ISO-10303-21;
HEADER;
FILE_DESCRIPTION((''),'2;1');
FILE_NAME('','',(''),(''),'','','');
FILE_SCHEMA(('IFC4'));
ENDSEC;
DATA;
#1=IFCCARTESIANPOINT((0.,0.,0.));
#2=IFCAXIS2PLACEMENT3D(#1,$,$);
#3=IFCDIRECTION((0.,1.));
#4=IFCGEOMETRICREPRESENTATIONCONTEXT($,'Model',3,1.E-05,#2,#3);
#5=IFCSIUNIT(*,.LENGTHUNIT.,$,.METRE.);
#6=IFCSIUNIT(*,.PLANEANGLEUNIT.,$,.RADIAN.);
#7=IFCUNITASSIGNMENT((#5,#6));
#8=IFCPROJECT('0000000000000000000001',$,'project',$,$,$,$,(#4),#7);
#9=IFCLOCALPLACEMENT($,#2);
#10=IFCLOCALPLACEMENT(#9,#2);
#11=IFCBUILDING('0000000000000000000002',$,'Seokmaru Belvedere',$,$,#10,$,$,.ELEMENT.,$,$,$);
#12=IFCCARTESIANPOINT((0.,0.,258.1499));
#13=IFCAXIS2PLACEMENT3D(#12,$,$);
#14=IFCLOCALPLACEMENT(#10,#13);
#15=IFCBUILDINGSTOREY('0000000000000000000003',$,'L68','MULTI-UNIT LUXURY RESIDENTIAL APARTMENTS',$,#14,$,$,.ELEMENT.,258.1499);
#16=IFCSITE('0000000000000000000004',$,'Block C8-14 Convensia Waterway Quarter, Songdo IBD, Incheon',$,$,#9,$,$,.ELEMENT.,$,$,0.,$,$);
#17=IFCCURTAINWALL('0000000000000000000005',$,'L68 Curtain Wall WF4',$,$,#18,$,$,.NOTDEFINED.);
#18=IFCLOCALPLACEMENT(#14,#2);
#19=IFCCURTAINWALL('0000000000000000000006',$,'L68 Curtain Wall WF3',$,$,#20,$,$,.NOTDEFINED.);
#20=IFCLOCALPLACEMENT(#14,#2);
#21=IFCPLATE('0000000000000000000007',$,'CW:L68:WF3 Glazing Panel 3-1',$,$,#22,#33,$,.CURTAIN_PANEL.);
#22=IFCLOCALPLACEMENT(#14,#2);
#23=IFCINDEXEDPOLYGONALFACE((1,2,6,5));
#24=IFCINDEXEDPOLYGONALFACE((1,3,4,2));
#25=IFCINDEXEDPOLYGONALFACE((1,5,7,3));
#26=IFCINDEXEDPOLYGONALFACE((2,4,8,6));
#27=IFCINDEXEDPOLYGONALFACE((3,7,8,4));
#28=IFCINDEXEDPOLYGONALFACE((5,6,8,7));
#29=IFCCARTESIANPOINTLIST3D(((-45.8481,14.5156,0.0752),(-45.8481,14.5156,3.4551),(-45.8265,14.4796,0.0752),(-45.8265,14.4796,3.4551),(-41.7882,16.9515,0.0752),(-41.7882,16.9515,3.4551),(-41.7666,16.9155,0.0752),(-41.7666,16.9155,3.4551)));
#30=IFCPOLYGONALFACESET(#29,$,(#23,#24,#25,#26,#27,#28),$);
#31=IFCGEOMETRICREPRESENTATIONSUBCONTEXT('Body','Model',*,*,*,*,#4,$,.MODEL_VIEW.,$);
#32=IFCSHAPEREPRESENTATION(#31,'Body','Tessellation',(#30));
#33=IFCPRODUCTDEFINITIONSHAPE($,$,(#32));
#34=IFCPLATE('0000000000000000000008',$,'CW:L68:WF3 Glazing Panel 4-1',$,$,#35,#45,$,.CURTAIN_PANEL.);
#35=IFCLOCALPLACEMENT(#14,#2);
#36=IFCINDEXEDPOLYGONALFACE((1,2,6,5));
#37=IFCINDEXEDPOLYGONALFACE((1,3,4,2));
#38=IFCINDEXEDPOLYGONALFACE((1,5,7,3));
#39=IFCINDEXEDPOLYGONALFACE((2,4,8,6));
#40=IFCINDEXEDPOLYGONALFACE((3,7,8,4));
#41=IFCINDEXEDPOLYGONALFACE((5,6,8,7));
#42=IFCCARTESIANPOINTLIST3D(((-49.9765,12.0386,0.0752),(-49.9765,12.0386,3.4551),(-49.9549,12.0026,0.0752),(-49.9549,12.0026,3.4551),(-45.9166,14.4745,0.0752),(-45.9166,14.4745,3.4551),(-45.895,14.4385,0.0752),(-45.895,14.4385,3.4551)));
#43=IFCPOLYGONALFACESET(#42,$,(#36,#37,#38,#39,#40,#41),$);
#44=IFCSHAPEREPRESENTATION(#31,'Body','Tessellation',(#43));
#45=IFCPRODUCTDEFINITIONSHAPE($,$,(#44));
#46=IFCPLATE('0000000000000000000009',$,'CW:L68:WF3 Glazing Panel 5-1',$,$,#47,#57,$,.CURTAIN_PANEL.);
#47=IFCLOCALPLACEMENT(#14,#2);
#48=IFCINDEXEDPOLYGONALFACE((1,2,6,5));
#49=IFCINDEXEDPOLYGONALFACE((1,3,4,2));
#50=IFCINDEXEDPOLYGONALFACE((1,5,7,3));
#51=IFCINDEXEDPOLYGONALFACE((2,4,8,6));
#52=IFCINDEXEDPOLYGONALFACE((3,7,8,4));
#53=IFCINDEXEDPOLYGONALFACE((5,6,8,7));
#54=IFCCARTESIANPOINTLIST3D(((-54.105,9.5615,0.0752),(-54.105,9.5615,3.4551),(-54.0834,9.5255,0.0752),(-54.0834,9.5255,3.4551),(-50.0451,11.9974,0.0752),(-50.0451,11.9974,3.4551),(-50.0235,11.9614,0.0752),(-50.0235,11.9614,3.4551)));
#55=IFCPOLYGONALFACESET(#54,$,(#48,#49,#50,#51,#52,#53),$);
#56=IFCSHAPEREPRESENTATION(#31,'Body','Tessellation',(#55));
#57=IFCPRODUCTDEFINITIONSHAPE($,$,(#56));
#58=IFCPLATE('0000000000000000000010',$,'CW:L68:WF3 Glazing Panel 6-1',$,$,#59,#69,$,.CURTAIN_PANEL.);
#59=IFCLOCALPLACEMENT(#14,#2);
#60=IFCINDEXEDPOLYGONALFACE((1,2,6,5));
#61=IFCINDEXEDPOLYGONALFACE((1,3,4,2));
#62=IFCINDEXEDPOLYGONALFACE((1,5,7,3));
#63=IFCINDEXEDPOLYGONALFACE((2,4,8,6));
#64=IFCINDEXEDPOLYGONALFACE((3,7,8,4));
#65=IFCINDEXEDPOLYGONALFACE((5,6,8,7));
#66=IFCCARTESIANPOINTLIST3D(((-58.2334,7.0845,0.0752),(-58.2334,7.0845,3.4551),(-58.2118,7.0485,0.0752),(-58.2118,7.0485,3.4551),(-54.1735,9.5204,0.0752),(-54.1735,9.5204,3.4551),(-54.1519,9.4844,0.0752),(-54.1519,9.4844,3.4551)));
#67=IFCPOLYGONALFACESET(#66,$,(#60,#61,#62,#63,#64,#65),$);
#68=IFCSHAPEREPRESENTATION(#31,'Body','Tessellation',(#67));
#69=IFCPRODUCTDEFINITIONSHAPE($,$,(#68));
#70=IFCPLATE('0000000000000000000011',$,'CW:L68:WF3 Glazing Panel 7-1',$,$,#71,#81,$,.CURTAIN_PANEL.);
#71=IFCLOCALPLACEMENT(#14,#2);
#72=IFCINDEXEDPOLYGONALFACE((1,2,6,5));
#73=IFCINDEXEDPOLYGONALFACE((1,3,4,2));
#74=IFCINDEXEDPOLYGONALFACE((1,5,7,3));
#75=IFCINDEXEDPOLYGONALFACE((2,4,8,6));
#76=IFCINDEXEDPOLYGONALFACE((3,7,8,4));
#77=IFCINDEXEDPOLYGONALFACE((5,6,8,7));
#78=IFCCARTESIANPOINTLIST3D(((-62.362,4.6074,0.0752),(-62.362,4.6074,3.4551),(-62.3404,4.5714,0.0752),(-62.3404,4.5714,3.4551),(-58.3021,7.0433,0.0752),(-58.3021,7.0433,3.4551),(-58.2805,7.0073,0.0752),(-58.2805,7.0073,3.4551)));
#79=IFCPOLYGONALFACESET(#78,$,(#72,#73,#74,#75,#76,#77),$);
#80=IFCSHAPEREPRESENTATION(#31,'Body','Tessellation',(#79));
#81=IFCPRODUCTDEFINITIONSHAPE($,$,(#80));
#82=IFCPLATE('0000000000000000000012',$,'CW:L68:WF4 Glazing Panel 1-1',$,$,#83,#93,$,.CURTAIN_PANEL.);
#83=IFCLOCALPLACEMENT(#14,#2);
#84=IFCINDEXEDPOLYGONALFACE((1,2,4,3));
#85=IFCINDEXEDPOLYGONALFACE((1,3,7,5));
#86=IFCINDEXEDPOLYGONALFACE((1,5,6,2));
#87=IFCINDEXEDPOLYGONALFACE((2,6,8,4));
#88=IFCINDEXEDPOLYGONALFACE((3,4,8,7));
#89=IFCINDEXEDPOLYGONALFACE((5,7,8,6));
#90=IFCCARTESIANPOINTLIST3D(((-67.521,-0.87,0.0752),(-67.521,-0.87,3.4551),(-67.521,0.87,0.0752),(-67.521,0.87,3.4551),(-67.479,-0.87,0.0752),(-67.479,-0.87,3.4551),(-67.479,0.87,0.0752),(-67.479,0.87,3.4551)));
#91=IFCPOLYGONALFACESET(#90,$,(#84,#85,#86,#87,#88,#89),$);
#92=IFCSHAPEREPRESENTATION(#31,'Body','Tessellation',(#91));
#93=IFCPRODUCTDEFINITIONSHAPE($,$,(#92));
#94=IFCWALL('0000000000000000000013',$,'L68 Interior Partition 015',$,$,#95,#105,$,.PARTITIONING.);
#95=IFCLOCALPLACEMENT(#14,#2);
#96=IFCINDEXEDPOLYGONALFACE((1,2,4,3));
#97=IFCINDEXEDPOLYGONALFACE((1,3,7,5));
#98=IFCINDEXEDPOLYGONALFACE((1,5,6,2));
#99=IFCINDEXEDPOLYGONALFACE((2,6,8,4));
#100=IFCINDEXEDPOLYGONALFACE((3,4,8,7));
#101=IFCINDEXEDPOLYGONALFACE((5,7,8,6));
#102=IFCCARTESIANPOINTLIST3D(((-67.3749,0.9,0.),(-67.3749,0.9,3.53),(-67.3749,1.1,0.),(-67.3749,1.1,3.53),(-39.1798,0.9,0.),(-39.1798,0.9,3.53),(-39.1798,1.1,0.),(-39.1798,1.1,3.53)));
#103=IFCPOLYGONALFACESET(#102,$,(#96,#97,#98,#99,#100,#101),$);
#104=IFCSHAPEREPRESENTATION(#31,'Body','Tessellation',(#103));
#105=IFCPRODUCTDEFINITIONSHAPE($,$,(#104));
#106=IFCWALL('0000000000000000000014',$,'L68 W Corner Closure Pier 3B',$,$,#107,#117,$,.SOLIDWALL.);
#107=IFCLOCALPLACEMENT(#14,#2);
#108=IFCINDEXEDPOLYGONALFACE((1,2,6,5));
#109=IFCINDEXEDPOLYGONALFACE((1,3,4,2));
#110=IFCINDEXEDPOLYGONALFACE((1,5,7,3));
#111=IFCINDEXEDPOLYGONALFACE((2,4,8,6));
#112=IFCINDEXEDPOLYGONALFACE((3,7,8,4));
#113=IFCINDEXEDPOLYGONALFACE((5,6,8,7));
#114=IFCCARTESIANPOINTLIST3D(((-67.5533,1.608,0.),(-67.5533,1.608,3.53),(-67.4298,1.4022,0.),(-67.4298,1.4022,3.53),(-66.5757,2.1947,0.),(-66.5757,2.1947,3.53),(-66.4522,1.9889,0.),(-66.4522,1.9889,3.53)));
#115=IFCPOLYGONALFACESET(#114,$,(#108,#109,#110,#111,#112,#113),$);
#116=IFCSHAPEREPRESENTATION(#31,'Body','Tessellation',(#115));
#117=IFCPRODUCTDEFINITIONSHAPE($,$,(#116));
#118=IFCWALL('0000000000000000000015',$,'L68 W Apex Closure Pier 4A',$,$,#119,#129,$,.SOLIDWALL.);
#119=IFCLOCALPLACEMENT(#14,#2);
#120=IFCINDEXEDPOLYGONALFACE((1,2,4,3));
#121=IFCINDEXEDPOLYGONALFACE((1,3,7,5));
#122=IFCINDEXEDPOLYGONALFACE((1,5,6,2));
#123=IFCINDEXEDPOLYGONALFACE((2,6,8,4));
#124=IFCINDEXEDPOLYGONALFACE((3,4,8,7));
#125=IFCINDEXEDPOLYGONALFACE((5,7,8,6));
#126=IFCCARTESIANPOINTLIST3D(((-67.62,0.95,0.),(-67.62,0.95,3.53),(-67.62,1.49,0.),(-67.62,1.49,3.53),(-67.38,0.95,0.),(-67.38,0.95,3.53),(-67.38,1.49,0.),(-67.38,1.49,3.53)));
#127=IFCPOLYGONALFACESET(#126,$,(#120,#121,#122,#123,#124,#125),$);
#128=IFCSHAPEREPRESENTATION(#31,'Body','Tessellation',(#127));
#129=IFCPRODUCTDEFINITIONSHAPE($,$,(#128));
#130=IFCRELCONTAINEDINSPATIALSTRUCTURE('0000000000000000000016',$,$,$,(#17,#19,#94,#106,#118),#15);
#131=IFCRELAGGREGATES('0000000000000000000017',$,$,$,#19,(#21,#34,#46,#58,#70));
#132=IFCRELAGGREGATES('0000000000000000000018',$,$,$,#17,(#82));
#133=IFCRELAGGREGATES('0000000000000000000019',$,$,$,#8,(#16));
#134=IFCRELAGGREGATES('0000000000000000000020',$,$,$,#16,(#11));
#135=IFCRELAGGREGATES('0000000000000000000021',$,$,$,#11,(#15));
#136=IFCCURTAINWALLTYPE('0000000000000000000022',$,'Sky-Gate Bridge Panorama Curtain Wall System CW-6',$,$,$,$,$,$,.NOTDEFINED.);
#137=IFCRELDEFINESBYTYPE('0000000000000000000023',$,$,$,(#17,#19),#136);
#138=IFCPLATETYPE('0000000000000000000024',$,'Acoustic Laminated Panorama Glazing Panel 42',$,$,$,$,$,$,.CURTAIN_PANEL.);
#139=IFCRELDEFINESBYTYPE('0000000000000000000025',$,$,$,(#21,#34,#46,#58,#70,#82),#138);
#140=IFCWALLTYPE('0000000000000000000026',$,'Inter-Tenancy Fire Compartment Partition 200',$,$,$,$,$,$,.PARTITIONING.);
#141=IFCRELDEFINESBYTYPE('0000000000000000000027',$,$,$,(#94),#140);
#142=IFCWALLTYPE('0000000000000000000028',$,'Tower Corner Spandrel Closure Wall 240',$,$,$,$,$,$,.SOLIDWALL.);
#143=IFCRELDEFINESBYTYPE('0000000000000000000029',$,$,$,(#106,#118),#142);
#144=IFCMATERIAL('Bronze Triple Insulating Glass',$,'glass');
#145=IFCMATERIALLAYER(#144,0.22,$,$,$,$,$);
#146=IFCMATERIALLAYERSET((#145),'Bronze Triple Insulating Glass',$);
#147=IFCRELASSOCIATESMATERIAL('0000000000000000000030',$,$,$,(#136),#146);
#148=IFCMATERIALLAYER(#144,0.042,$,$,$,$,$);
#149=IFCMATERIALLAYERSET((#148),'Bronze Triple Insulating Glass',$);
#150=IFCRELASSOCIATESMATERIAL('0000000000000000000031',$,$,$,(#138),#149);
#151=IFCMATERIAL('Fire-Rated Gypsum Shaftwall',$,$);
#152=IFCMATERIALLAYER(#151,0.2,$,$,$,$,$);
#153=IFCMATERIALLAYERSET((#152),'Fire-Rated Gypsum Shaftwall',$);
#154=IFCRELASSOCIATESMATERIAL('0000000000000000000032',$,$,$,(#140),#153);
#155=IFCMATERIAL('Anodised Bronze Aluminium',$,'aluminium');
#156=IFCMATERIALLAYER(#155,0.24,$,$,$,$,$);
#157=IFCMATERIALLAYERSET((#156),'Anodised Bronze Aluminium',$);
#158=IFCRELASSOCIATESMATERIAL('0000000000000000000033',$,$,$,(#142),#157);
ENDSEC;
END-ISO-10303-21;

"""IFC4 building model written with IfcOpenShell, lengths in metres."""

from ifc_helpers import new_model, si_unit, direction, frame, frame_2d, origin, origin_2d, place, context, subcontext, project, spatial, rectangle, extrude, source, transform, mapped, material, layer, layer_set, type_object, element, aggregate, save


model = new_model("IFC4")

# Units and contexts
model_context = context("Model", 3, precision=1e-05, world=origin(), true_north=direction((0.0, 1.0)))
body_context = subcontext(model_context, "Body", "Model", "MODEL_VIEW")
ifc_project = project(units=[si_unit("LENGTHUNIT", "METRE"), si_unit("PLANEANGLEUNIT", "RADIAN")], contexts=[model_context])

# Site, building, storey
site_placement = place(None, origin())
site = spatial("IfcSite", under=ifc_project, at=site_placement, Name="Block C8-14 Convensia Waterway Quarter, Songdo IBD, Incheon", CompositionType="ELEMENT", RefElevation=0.0)
building_placement = place(site_placement, origin())
building = spatial("IfcBuilding", under=site, at=building_placement, Name="Seokmaru Belvedere", CompositionType="ELEMENT")
storey_placement = place(building_placement, frame((0.0, 0.0, 258.1499)))
storey = spatial("IfcBuildingStorey", under=building, at=storey_placement, Name="L68", Description="MULTI-UNIT LUXURY RESIDENTIAL APARTMENTS", CompositionType="ELEMENT", Elevation=258.1499)

# Curtain wall
ifc_material_1 = material(Name="Bronze Triple Insulating Glass", Category="glass")
ifc_layer_1 = layer(ifc_material_1, 0.22)
ifc_layer_set_1 = layer_set([ifc_layer_1], Name="Bronze Triple Insulating Glass")
curtain_wall_type = type_object("IfcCurtainWallType", Name="Sky-Gate Bridge Panorama Curtain Wall System CW-6", PredefinedType="NOTDEFINED", material=ifc_layer_set_1)
curtain_wall_1_placement = place(storey_placement, origin())
curtain_wall_1 = element("IfcCurtainWall", 1, at=curtain_wall_1_placement, inside=storey, type_object=curtain_wall_type, Name="L68 Curtain Wall WF4", PredefinedType="NOTDEFINED")
ifc_material_2 = material(Name="Anodised Bronze Aluminium", Category="aluminium")

# Curtain wall
curtain_wall_2_placement = place(storey_placement, origin())
curtain_wall_2 = element("IfcCurtainWall", 2, at=curtain_wall_2_placement, inside=storey, type_object=curtain_wall_type, Name="L68 Curtain Wall WF3", PredefinedType="NOTDEFINED")

# Plates
ifc_layer_2 = layer(ifc_material_1, 0.042)
ifc_layer_set_2 = layer_set([ifc_layer_2], Name="Bronze Triple Insulating Glass")
plate_type = type_object("IfcPlateType", Name="Acoustic Laminated Panorama Glazing Panel 42", PredefinedType="CURTAIN_PANEL", material=ifc_layer_set_2)
shared_shape_1 = source(origin(), body_context, "Body", "SweptSolid", [
    extrude(rectangle(XDim=4.7346, YDim=0.042, at=origin_2d()), origin(), (0.0, 0.0, 1.0), 3.3799),
])
plate_1_placement = place(storey_placement, frame((-43.8074, 15.7156, 0.0752), z_axis=(0.0, 0.0, 1.0), x_axis=(-0.857493, -0.514495, 0.0)))
plate_1 = element("IfcPlate", 3, at=plate_1_placement, type_object=plate_type, Name="CW:L68:WF3 Glazing Panel 3-1", PredefinedType="CURTAIN_PANEL", context=body_context, shape_type="MappedRepresentation", body=[
    mapped(shared_shape_1, transform((0.0, 0.0, 0.0), scale=1.0)),
])
plate_2_placement = place(storey_placement, frame((-47.9358, 13.2385, 0.0752), z_axis=(0.0, 0.0, 1.0), x_axis=(-0.857493, -0.514495, 0.0)))
plate_2 = element("IfcPlate", 4, at=plate_2_placement, type_object=plate_type, Name="CW:L68:WF3 Glazing Panel 4-1", PredefinedType="CURTAIN_PANEL", context=body_context, shape_type="MappedRepresentation", body=[
    mapped(shared_shape_1, transform((0.0, 0.0, 0.0), scale=1.0)),
])
plate_3_placement = place(storey_placement, frame((-52.0642, 10.7615, 0.0752), z_axis=(0.0, 0.0, 1.0), x_axis=(-0.857493, -0.514495, 0.0)))
plate_3 = element("IfcPlate", 5, at=plate_3_placement, type_object=plate_type, Name="CW:L68:WF3 Glazing Panel 5-1", PredefinedType="CURTAIN_PANEL", context=body_context, shape_type="MappedRepresentation", body=[
    mapped(shared_shape_1, transform((0.0, 0.0, 0.0), scale=1.0)),
])
plate_4_placement = place(storey_placement, frame((-56.1926, 8.2844, 0.0752), z_axis=(0.0, 0.0, 1.0), x_axis=(-0.857493, -0.514495, 0.0)))
plate_4 = element("IfcPlate", 6, at=plate_4_placement, type_object=plate_type, Name="CW:L68:WF3 Glazing Panel 6-1", PredefinedType="CURTAIN_PANEL", context=body_context, shape_type="MappedRepresentation", body=[
    mapped(shared_shape_1, transform((0.0, 0.0, 0.0), scale=1.0)),
])
plate_5_placement = place(storey_placement, frame((-60.3213, 5.8074, 0.0752), z_axis=(0.0, 0.0, 1.0), x_axis=(-0.857493, -0.514495, 0.0)))
plate_5 = element("IfcPlate", 7, at=plate_5_placement, type_object=plate_type, Name="CW:L68:WF3 Glazing Panel 7-1", PredefinedType="CURTAIN_PANEL", context=body_context, shape_type="MappedRepresentation", body=[
    mapped(shared_shape_1, transform((0.0, 0.0, 0.0), scale=1.0)),
])
aggregate(curtain_wall_2, [plate_1, plate_2, plate_3, plate_4, plate_5])
shared_shape_2 = source(origin(), body_context, "Body", "SweptSolid", [
    extrude(rectangle(XDim=1.74, YDim=0.042, at=origin_2d()), origin(), (0.0, 0.0, 1.0), 3.3799),
])
plate_6_placement = place(storey_placement, frame((-67.5, 0.0, 0.0752), z_axis=(0.0, 0.0, 1.0), x_axis=(0.0, -1.0, 0.0)))
plate_6 = element("IfcPlate", 8, at=plate_6_placement, type_object=plate_type, Name="CW:L68:WF4 Glazing Panel 1-1", PredefinedType="CURTAIN_PANEL", context=body_context, shape_type="MappedRepresentation", body=[
    mapped(shared_shape_2, transform((0.0, 0.0, 0.0), scale=1.0)),
])
aggregate(curtain_wall_1, [plate_6])

# Walls
ifc_material_3 = material(Name="Fire-Rated Gypsum Shaftwall")
ifc_layer_3 = layer(ifc_material_3, 0.2)
ifc_layer_set_3 = layer_set([ifc_layer_3], Name="Fire-Rated Gypsum Shaftwall")
wall_type_1 = type_object("IfcWallType", Name="Inter-Tenancy Fire Compartment Partition 200", PredefinedType="PARTITIONING", material=ifc_layer_set_3)
wall_1_placement = place(storey_placement, frame((-67.375, 1.0, 0.0), z_axis=(0.0, 0.0, 1.0), x_axis=(1.0, 0.0, 0.0)))
element("IfcWall", 9, at=wall_1_placement, inside=storey, type_object=wall_type_1, Name="L68 Interior Partition 015", PredefinedType="PARTITIONING", context=body_context, shape_type="SweptSolid", body=[
    extrude(rectangle(XDim=28.1951, YDim=0.2, at=frame_2d((14.0977, 0.0))), origin(), (0.0, 0.0, 1.0), 3.53),
])
ifc_layer_4 = layer(ifc_material_2, 0.24)
ifc_layer_set_4 = layer_set([ifc_layer_4], Name="Anodised Bronze Aluminium")
wall_type_2 = type_object("IfcWallType", Name="Tower Corner Spandrel Closure Wall 240", PredefinedType="SOLIDWALL", material=ifc_layer_set_4)
wall_2_placement = place(storey_placement, frame((-66.5139, 2.0918, 0.0), z_axis=(0.0, 0.0, 1.0), x_axis=(-0.857436, -0.51459, 0.0)))
element("IfcWall", 10, at=wall_2_placement, inside=storey, type_object=wall_type_2, Name="L68 W Corner Closure Pier 3B", PredefinedType="SOLIDWALL", context=body_context, shape_type="SweptSolid", body=[
    extrude(rectangle(XDim=1.1401, YDim=0.24, at=frame_2d((0.5701, 0.0))), origin(), (0.0, 0.0, 1.0), 3.53),
])
wall_3_placement = place(storey_placement, frame((-67.5, 1.49, 0.0), z_axis=(0.0, 0.0, 1.0), x_axis=(0.0, -1.0, 0.0)))
element("IfcWall", 11, at=wall_3_placement, inside=storey, type_object=wall_type_2, Name="L68 W Apex Closure Pier 4A", PredefinedType="SOLIDWALL", context=body_context, shape_type="SweptSolid", body=[
    extrude(rectangle(XDim=0.54, YDim=0.24, at=frame_2d((0.27, 0.0))), origin(), (0.0, 0.0, 1.0), 3.53),
])

save(model, "model.ifc")
